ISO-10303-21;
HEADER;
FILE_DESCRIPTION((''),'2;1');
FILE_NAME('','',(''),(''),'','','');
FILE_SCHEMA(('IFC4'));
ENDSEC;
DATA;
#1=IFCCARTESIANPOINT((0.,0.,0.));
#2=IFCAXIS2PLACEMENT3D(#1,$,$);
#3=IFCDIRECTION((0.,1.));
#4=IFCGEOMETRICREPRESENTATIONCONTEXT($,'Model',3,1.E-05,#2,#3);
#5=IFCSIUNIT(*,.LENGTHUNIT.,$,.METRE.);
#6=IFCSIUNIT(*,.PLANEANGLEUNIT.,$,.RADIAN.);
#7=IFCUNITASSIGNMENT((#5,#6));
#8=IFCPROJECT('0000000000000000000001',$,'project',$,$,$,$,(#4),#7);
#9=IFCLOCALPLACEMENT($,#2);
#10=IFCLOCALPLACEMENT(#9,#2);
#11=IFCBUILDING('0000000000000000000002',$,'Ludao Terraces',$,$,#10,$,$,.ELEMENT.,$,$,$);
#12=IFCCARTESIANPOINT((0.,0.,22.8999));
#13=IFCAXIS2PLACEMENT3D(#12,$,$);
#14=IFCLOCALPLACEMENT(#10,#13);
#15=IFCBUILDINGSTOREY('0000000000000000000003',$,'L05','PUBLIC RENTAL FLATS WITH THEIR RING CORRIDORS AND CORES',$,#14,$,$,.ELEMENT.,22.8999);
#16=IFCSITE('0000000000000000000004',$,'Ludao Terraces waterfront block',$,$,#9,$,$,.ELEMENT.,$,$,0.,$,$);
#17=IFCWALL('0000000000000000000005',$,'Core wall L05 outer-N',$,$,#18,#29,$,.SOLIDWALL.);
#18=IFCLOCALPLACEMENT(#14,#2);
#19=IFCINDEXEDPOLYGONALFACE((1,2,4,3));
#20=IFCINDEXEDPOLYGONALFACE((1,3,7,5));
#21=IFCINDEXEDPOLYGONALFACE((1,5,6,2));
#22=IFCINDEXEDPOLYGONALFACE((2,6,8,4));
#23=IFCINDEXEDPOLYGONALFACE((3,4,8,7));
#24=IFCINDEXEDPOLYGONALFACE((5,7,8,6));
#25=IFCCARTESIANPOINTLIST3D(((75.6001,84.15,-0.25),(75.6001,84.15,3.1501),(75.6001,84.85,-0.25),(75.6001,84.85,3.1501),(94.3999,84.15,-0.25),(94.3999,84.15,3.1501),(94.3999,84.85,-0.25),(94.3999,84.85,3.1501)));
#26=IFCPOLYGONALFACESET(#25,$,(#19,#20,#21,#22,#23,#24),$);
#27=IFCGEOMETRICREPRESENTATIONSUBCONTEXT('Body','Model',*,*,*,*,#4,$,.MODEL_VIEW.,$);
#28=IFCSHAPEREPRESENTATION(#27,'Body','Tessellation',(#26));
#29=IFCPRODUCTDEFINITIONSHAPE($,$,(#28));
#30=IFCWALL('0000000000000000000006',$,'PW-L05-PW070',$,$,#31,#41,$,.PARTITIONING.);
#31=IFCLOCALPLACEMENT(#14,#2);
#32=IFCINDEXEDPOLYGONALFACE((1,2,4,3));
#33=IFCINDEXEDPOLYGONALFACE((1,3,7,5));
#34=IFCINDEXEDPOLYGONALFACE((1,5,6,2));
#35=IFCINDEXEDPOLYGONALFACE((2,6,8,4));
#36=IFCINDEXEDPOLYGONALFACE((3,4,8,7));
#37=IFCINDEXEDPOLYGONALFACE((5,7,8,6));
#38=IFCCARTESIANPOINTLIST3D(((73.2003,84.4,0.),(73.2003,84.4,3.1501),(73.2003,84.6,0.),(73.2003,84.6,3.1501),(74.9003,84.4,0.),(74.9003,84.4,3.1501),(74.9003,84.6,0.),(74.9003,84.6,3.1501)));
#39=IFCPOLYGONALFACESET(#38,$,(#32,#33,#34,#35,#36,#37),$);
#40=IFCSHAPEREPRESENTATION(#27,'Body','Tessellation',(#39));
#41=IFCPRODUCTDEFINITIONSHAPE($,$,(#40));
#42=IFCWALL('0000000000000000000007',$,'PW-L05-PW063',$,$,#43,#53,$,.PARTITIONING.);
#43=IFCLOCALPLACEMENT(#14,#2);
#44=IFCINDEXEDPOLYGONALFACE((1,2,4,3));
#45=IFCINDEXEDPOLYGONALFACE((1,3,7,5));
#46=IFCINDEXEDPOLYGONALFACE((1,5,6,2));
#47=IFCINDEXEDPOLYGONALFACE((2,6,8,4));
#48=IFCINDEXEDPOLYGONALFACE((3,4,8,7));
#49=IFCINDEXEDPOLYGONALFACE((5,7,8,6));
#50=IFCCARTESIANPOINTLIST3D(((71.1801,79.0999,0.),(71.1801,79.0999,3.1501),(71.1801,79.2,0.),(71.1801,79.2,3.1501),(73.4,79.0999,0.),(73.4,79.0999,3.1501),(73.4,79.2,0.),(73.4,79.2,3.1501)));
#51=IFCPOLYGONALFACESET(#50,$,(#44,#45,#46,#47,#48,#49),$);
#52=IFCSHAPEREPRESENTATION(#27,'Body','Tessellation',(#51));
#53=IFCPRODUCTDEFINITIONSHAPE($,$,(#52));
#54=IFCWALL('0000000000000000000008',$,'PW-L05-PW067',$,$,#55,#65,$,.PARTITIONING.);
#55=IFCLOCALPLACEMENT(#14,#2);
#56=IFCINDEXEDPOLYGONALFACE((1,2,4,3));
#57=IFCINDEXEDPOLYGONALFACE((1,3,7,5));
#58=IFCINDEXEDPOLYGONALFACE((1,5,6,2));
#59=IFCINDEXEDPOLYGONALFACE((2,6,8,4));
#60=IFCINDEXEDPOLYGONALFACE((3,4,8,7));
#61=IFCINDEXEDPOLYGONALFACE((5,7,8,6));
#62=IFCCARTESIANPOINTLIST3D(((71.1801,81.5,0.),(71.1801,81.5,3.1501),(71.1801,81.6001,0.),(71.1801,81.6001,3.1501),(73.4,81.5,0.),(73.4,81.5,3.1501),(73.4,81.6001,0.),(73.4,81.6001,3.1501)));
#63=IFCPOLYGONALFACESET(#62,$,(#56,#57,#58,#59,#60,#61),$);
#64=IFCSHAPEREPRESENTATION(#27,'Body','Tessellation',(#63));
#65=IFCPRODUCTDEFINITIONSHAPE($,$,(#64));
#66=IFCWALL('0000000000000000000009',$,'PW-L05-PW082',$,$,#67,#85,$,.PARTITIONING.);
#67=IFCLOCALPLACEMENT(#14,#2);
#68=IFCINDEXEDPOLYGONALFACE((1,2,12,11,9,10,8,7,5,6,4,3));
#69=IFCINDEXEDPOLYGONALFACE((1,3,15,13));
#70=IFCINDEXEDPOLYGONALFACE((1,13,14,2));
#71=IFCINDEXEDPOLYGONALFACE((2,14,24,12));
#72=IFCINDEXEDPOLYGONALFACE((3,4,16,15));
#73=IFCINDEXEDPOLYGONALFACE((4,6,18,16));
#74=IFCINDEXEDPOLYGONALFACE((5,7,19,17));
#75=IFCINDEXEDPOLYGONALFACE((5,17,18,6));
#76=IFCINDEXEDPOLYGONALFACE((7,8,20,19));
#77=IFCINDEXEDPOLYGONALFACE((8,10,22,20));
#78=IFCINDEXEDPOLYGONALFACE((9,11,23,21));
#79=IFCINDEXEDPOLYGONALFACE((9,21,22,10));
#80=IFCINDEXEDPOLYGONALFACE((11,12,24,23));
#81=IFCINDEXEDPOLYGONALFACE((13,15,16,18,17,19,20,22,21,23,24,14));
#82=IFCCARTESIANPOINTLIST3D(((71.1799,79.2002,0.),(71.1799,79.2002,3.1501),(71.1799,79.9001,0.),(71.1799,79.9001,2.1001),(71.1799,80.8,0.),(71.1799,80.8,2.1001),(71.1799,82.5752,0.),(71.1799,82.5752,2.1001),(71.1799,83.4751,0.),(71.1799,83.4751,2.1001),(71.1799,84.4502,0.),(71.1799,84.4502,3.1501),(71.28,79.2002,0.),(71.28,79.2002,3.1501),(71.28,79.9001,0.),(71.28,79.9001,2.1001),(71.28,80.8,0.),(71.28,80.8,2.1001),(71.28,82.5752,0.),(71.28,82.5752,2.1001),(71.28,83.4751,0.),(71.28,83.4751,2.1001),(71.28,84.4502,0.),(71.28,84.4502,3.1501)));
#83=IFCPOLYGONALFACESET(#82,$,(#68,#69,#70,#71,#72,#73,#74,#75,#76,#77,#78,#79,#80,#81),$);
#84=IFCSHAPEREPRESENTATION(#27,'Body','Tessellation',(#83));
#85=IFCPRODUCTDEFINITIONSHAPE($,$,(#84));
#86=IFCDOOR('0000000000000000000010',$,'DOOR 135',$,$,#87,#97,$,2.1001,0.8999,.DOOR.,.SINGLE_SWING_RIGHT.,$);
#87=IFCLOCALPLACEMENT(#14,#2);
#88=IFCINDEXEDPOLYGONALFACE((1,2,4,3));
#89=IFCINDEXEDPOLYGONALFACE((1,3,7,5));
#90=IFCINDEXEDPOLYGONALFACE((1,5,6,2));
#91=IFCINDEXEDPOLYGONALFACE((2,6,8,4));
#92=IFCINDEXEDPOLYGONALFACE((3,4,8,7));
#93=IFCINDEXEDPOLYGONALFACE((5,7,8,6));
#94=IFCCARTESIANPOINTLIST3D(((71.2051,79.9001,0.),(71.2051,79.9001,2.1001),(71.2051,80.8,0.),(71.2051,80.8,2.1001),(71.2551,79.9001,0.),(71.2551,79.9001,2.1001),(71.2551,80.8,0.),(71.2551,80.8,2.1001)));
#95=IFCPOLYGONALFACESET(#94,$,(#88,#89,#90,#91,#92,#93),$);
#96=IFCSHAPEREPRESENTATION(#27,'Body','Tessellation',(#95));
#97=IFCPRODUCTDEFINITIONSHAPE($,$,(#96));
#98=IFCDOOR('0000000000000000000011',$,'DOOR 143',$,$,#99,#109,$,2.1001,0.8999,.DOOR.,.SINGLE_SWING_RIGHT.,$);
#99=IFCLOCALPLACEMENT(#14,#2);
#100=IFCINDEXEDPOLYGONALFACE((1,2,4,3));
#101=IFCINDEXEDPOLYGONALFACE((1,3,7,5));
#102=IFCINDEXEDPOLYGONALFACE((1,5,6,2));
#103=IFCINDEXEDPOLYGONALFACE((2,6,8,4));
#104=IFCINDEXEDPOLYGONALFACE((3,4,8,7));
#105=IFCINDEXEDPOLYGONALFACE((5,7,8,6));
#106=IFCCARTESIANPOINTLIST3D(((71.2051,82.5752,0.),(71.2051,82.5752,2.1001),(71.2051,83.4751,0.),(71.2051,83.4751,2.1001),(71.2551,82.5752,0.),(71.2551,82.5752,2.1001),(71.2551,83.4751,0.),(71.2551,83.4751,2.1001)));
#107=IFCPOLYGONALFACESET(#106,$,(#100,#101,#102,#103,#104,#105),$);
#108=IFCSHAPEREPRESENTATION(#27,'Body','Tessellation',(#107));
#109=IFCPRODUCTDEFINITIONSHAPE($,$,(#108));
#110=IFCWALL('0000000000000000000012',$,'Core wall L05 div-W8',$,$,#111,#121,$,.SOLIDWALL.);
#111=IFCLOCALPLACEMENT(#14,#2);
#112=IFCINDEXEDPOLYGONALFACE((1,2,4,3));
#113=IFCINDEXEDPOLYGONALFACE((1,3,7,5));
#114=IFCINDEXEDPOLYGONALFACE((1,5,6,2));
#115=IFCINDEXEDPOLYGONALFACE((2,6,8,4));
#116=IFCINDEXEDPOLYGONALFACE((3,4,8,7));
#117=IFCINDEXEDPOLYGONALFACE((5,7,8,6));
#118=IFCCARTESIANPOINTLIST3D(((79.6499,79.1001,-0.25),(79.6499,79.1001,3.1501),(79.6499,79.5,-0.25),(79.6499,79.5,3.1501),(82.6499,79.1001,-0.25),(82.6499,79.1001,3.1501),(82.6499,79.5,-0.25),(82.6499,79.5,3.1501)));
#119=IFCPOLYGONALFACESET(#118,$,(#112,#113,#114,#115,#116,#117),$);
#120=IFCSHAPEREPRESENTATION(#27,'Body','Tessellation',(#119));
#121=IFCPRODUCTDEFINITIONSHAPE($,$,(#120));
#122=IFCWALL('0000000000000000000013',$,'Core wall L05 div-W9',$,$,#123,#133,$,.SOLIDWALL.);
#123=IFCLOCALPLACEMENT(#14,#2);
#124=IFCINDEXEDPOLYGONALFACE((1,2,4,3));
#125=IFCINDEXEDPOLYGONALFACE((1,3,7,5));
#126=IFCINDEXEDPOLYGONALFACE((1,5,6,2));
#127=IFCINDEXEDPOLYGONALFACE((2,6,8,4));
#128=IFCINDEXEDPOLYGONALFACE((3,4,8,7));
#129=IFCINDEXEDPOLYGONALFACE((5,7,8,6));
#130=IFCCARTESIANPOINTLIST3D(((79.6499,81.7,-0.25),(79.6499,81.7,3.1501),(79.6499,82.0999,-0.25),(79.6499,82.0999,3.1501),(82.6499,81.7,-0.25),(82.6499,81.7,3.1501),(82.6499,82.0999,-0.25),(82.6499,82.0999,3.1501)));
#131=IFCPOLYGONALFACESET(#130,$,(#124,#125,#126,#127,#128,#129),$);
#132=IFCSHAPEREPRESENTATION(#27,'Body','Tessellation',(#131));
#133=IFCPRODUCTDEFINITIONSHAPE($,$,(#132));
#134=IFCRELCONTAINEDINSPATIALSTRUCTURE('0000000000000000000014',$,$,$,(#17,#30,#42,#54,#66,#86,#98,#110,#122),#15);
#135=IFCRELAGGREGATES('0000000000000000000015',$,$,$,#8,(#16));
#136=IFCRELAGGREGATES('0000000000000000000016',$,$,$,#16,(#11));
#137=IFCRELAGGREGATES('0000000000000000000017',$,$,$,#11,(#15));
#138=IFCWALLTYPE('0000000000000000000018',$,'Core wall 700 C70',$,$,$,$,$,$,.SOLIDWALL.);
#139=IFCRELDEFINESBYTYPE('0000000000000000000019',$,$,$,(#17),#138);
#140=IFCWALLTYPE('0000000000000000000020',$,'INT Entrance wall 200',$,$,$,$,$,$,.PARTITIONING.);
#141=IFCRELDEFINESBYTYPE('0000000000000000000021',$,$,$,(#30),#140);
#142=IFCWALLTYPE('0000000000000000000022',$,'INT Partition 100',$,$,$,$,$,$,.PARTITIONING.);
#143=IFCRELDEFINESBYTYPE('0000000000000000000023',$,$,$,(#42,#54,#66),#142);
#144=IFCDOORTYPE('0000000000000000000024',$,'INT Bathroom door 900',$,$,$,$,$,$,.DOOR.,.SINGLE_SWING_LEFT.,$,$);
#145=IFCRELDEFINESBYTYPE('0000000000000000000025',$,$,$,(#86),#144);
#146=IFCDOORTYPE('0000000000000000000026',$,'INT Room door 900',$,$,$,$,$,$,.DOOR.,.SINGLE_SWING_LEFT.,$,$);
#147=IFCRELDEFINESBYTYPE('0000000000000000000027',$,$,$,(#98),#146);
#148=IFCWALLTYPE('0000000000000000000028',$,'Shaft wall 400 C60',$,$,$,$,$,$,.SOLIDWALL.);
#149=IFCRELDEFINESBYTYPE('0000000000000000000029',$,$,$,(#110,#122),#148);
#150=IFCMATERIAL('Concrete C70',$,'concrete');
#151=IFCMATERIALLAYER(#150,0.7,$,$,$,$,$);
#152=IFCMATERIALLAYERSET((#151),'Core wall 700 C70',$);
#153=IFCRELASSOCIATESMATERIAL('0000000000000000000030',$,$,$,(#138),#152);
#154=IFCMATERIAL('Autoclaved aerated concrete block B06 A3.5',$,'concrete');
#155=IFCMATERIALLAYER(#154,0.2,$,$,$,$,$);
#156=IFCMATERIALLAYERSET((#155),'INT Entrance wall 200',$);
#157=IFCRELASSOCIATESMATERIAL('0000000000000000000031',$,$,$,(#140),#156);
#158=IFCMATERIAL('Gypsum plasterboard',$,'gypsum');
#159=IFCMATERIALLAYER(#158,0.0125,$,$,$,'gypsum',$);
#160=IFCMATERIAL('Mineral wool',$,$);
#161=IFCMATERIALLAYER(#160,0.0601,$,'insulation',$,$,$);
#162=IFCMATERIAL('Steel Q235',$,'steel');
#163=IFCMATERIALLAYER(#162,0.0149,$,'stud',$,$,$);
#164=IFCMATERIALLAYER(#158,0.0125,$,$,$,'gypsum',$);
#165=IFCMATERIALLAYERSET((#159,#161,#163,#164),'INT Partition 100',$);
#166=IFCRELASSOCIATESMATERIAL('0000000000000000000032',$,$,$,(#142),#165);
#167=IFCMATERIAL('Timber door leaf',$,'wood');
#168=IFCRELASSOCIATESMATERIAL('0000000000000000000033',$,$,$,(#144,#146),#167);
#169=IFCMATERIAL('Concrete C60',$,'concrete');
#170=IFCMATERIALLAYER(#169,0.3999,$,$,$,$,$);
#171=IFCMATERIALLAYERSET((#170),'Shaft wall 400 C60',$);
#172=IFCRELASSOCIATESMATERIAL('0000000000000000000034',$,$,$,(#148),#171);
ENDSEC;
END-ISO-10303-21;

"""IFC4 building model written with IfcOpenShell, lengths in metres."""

from ifc_helpers import new_model, si_unit, direction, frame, frame_2d, origin, place, context, subcontext, project, spatial, rectangle, extrude, material, layer, layer_set, type_object, element, fill, save


model = new_model("IFC4")

# Units and contexts
model_context = context("Model", 3, precision=1e-05, world=origin(), true_north=direction((0.0, 1.0)))
body_context = subcontext(model_context, "Body", "Model", "MODEL_VIEW")
ifc_project = project(units=[si_unit("LENGTHUNIT", "METRE"), si_unit("PLANEANGLEUNIT", "RADIAN")], contexts=[model_context])

# Site, building, storey
site_placement = place(None, origin())
site = spatial("IfcSite", under=ifc_project, at=site_placement, Name="Ludao Terraces waterfront block", CompositionType="ELEMENT", RefElevation=0.0)
building_placement = place(site_placement, origin())
building = spatial("IfcBuilding", under=site, at=building_placement, Name="Ludao Terraces", CompositionType="ELEMENT")
storey_placement = place(building_placement, frame((0.0, 0.0, 22.8999)))
storey = spatial("IfcBuildingStorey", under=building, at=storey_placement, Name="L05", Description="PUBLIC RENTAL FLATS WITH THEIR RING CORRIDORS AND CORES", CompositionType="ELEMENT", Elevation=22.8999)

# Walls
ifc_material_1 = material(Name="Concrete C70", Category="concrete")
ifc_layer_1 = layer(ifc_material_1, 0.7)
ifc_layer_set_1 = layer_set([ifc_layer_1], Name="Core wall 700 C70")
wall_type_1 = type_object("IfcWallType", Name="Core wall 700 C70", PredefinedType="SOLIDWALL", material=ifc_layer_set_1)
wall_1_placement = place(storey_placement, frame((75.6001, 84.5, -0.25), z_axis=(0.0, 0.0, 1.0), x_axis=(1.0, 0.0, 0.0)))
element("IfcWall", 1, at=wall_1_placement, inside=storey, type_object=wall_type_1, Name="Core wall L05 outer-N", PredefinedType="SOLIDWALL", context=body_context, shape_type="SweptSolid", body=[
    extrude(rectangle(XDim=18.7998, YDim=0.7, at=frame_2d((9.3999, 0.0))), origin(), (0.0, 0.0, 1.0), 3.4001),
])
ifc_material_2 = material(Name="Autoclaved aerated concrete block B06 A3.5", Category="concrete")
ifc_layer_2 = layer(ifc_material_2, 0.2)
ifc_layer_set_2 = layer_set([ifc_layer_2], Name="INT Entrance wall 200")
wall_type_2 = type_object("IfcWallType", Name="INT Entrance wall 200", PredefinedType="PARTITIONING", material=ifc_layer_set_2)
wall_2_placement = place(storey_placement, frame((73.2002, 84.5, 0.0), z_axis=(0.0, 0.0, 1.0), x_axis=(1.0, 0.0, 0.0)))
element("IfcWall", 2, at=wall_2_placement, inside=storey, type_object=wall_type_2, Name="PW-L05-PW070", PredefinedType="PARTITIONING", context=body_context, shape_type="SweptSolid", body=[
    extrude(rectangle(XDim=1.7, YDim=0.2, at=frame_2d((0.8501, 0.0))), origin(), (0.0, 0.0, 1.0), 3.1501),
])
ifc_material_3 = material(Name="Gypsum plasterboard", Category="gypsum")
ifc_layer_3 = layer(ifc_material_3, 0.0125, Category="gypsum")
ifc_material_4 = material(Name="Mineral wool")
ifc_layer_4 = layer(ifc_material_4, 0.0601, Name="insulation")
ifc_material_5 = material(Name="Steel Q235", Category="steel")
ifc_layer_5 = layer(ifc_material_5, 0.0149, Name="stud")
ifc_layer_6 = layer(ifc_material_3, 0.0125, Category="gypsum")
ifc_layer_set_3 = layer_set([ifc_layer_3, ifc_layer_4, ifc_layer_5, ifc_layer_6], Name="INT Partition 100")
wall_type_3 = type_object("IfcWallType", Name="INT Partition 100", PredefinedType="PARTITIONING", material=ifc_layer_set_3)
for number, where, z_axis, x_axis, name in (
    (3, (71.1802, 79.1499, 0.0), (0.0, 0.0, 1.0), (1.0, 0.0, 0.0), "PW-L05-PW063"),
    (4, (71.1802, 81.55, 0.0), (0.0, 0.0, 1.0), (1.0, 0.0, 0.0), "PW-L05-PW067"),
):
    element("IfcWall", number, at=place(storey_placement, frame(where, z_axis=z_axis, x_axis=x_axis)), inside=storey, type_object=wall_type_3, Name=name, PredefinedType="PARTITIONING", context=body_context, shape_type="SweptSolid", body=[
        extrude(rectangle(XDim=2.22, YDim=0.1001, at=frame_2d((1.1099, 0.0))), origin(), (0.0, 0.0, 1.0), 3.1501),
    ])

# Wall, openings, doors
wall_3_placement = place(storey_placement, frame((71.23, 79.2002, 0.0), z_axis=(0.0, 0.0, 1.0), x_axis=(0.0, 1.0, 0.0)))
wall_3 = element("IfcWall", 5, at=wall_3_placement, inside=storey, type_object=wall_type_3, Name="PW-L05-PW082", PredefinedType="PARTITIONING", context=body_context, shape_type="SweptSolid", body=[
    extrude(rectangle(XDim=5.25, YDim=0.1001, at=frame_2d((2.625, 0.0))), origin(), (0.0, 0.0, 1.0), 3.1501),
])
opening_1_placement = place(wall_3_placement, frame((0.7, 0.0, 0.0)))
opening_1 = element("IfcOpeningElement", 6, at=opening_1_placement, cuts=wall_3, PredefinedType="OPENING", context=body_context, shape_type="SweptSolid", body=[
    extrude(rectangle(XDim=0.8999, YDim=2.1001, at=frame_2d((0.45, 1.05))), frame((0.0, 0.0601, 0.0), z_axis=(0.0, -1.0, 0.0), x_axis=(1.0, 0.0, 0.0)), (0.0, 0.0, 1.0), 0.1201),
])
opening_2_placement = place(wall_3_placement, frame((3.375, 0.0, 0.0)))
opening_2 = element("IfcOpeningElement", 7, at=opening_2_placement, cuts=wall_3, PredefinedType="OPENING", context=body_context, shape_type="SweptSolid", body=[
    extrude(rectangle(XDim=0.8999, YDim=2.1001, at=frame_2d((0.45, 1.05))), frame((0.0, 0.0601, 0.0), z_axis=(0.0, -1.0, 0.0), x_axis=(1.0, 0.0, 0.0)), (0.0, 0.0, 1.0), 0.1201),
])
ifc_material_6 = material(Name="Timber door leaf", Category="wood")
door_type_1 = type_object("IfcDoorType", Name="INT Bathroom door 900", OperationType="SINGLE_SWING_LEFT", PredefinedType="DOOR", material=ifc_material_6)
door_1_placement = place(opening_1_placement, origin())
door_1 = element("IfcDoor", 8, at=door_1_placement, inside=storey, type_object=door_type_1, Name="DOOR 135", OperationType="SINGLE_SWING_RIGHT", OverallHeight=2.1001, OverallWidth=0.8999, PredefinedType="DOOR", context=body_context, shape_type="SweptSolid", body=[
    extrude(rectangle(XDim=0.8999, YDim=2.1001, at=frame_2d((0.45, 1.05))), frame((0.0, 0.0249, 0.0), z_axis=(0.0, -1.0, 0.0), x_axis=(1.0, 0.0, 0.0)), (0.0, 0.0, 1.0), 0.05),
])
fill(opening_1, door_1)
door_type_2 = type_object("IfcDoorType", Name="INT Room door 900", OperationType="SINGLE_SWING_LEFT", PredefinedType="DOOR", material=ifc_material_6)
door_2_placement = place(opening_2_placement, origin())
door_2 = element("IfcDoor", 9, at=door_2_placement, inside=storey, type_object=door_type_2, Name="DOOR 143", OperationType="SINGLE_SWING_RIGHT", OverallHeight=2.1001, OverallWidth=0.8999, PredefinedType="DOOR", context=body_context, shape_type="SweptSolid", body=[
    extrude(rectangle(XDim=0.8999, YDim=2.1001, at=frame_2d((0.45, 1.05))), frame((0.0, 0.0249, 0.0), z_axis=(0.0, -1.0, 0.0), x_axis=(1.0, 0.0, 0.0)), (0.0, 0.0, 1.0), 0.05),
])
fill(opening_2, door_2)

# Walls
ifc_material_7 = material(Name="Concrete C60", Category="concrete")
ifc_layer_7 = layer(ifc_material_7, 0.3999)
ifc_layer_set_4 = layer_set([ifc_layer_7], Name="Shaft wall 400 C60")
wall_type_4 = type_object("IfcWallType", Name="Shaft wall 400 C60", PredefinedType="SOLIDWALL", material=ifc_layer_set_4)
for number, where, z_axis, x_axis, name in (
    (10, (79.6499, 79.3, -0.25), (0.0, 0.0, 1.0), (1.0, 0.0, 0.0), "Core wall L05 div-W8"),
    (11, (79.6499, 81.8999, -0.25), (0.0, 0.0, 1.0), (1.0, 0.0, 0.0), "Core wall L05 div-W9"),
):
    element("IfcWall", number, at=place(storey_placement, frame(where, z_axis=z_axis, x_axis=x_axis)), inside=storey, type_object=wall_type_4, Name=name, PredefinedType="SOLIDWALL", context=body_context, shape_type="SweptSolid", body=[
        extrude(rectangle(XDim=3.0, YDim=0.3999, at=frame_2d((1.5, 0.0))), origin(), (0.0, 0.0, 1.0), 3.4001),
    ])

save(model, "model.ifc")
